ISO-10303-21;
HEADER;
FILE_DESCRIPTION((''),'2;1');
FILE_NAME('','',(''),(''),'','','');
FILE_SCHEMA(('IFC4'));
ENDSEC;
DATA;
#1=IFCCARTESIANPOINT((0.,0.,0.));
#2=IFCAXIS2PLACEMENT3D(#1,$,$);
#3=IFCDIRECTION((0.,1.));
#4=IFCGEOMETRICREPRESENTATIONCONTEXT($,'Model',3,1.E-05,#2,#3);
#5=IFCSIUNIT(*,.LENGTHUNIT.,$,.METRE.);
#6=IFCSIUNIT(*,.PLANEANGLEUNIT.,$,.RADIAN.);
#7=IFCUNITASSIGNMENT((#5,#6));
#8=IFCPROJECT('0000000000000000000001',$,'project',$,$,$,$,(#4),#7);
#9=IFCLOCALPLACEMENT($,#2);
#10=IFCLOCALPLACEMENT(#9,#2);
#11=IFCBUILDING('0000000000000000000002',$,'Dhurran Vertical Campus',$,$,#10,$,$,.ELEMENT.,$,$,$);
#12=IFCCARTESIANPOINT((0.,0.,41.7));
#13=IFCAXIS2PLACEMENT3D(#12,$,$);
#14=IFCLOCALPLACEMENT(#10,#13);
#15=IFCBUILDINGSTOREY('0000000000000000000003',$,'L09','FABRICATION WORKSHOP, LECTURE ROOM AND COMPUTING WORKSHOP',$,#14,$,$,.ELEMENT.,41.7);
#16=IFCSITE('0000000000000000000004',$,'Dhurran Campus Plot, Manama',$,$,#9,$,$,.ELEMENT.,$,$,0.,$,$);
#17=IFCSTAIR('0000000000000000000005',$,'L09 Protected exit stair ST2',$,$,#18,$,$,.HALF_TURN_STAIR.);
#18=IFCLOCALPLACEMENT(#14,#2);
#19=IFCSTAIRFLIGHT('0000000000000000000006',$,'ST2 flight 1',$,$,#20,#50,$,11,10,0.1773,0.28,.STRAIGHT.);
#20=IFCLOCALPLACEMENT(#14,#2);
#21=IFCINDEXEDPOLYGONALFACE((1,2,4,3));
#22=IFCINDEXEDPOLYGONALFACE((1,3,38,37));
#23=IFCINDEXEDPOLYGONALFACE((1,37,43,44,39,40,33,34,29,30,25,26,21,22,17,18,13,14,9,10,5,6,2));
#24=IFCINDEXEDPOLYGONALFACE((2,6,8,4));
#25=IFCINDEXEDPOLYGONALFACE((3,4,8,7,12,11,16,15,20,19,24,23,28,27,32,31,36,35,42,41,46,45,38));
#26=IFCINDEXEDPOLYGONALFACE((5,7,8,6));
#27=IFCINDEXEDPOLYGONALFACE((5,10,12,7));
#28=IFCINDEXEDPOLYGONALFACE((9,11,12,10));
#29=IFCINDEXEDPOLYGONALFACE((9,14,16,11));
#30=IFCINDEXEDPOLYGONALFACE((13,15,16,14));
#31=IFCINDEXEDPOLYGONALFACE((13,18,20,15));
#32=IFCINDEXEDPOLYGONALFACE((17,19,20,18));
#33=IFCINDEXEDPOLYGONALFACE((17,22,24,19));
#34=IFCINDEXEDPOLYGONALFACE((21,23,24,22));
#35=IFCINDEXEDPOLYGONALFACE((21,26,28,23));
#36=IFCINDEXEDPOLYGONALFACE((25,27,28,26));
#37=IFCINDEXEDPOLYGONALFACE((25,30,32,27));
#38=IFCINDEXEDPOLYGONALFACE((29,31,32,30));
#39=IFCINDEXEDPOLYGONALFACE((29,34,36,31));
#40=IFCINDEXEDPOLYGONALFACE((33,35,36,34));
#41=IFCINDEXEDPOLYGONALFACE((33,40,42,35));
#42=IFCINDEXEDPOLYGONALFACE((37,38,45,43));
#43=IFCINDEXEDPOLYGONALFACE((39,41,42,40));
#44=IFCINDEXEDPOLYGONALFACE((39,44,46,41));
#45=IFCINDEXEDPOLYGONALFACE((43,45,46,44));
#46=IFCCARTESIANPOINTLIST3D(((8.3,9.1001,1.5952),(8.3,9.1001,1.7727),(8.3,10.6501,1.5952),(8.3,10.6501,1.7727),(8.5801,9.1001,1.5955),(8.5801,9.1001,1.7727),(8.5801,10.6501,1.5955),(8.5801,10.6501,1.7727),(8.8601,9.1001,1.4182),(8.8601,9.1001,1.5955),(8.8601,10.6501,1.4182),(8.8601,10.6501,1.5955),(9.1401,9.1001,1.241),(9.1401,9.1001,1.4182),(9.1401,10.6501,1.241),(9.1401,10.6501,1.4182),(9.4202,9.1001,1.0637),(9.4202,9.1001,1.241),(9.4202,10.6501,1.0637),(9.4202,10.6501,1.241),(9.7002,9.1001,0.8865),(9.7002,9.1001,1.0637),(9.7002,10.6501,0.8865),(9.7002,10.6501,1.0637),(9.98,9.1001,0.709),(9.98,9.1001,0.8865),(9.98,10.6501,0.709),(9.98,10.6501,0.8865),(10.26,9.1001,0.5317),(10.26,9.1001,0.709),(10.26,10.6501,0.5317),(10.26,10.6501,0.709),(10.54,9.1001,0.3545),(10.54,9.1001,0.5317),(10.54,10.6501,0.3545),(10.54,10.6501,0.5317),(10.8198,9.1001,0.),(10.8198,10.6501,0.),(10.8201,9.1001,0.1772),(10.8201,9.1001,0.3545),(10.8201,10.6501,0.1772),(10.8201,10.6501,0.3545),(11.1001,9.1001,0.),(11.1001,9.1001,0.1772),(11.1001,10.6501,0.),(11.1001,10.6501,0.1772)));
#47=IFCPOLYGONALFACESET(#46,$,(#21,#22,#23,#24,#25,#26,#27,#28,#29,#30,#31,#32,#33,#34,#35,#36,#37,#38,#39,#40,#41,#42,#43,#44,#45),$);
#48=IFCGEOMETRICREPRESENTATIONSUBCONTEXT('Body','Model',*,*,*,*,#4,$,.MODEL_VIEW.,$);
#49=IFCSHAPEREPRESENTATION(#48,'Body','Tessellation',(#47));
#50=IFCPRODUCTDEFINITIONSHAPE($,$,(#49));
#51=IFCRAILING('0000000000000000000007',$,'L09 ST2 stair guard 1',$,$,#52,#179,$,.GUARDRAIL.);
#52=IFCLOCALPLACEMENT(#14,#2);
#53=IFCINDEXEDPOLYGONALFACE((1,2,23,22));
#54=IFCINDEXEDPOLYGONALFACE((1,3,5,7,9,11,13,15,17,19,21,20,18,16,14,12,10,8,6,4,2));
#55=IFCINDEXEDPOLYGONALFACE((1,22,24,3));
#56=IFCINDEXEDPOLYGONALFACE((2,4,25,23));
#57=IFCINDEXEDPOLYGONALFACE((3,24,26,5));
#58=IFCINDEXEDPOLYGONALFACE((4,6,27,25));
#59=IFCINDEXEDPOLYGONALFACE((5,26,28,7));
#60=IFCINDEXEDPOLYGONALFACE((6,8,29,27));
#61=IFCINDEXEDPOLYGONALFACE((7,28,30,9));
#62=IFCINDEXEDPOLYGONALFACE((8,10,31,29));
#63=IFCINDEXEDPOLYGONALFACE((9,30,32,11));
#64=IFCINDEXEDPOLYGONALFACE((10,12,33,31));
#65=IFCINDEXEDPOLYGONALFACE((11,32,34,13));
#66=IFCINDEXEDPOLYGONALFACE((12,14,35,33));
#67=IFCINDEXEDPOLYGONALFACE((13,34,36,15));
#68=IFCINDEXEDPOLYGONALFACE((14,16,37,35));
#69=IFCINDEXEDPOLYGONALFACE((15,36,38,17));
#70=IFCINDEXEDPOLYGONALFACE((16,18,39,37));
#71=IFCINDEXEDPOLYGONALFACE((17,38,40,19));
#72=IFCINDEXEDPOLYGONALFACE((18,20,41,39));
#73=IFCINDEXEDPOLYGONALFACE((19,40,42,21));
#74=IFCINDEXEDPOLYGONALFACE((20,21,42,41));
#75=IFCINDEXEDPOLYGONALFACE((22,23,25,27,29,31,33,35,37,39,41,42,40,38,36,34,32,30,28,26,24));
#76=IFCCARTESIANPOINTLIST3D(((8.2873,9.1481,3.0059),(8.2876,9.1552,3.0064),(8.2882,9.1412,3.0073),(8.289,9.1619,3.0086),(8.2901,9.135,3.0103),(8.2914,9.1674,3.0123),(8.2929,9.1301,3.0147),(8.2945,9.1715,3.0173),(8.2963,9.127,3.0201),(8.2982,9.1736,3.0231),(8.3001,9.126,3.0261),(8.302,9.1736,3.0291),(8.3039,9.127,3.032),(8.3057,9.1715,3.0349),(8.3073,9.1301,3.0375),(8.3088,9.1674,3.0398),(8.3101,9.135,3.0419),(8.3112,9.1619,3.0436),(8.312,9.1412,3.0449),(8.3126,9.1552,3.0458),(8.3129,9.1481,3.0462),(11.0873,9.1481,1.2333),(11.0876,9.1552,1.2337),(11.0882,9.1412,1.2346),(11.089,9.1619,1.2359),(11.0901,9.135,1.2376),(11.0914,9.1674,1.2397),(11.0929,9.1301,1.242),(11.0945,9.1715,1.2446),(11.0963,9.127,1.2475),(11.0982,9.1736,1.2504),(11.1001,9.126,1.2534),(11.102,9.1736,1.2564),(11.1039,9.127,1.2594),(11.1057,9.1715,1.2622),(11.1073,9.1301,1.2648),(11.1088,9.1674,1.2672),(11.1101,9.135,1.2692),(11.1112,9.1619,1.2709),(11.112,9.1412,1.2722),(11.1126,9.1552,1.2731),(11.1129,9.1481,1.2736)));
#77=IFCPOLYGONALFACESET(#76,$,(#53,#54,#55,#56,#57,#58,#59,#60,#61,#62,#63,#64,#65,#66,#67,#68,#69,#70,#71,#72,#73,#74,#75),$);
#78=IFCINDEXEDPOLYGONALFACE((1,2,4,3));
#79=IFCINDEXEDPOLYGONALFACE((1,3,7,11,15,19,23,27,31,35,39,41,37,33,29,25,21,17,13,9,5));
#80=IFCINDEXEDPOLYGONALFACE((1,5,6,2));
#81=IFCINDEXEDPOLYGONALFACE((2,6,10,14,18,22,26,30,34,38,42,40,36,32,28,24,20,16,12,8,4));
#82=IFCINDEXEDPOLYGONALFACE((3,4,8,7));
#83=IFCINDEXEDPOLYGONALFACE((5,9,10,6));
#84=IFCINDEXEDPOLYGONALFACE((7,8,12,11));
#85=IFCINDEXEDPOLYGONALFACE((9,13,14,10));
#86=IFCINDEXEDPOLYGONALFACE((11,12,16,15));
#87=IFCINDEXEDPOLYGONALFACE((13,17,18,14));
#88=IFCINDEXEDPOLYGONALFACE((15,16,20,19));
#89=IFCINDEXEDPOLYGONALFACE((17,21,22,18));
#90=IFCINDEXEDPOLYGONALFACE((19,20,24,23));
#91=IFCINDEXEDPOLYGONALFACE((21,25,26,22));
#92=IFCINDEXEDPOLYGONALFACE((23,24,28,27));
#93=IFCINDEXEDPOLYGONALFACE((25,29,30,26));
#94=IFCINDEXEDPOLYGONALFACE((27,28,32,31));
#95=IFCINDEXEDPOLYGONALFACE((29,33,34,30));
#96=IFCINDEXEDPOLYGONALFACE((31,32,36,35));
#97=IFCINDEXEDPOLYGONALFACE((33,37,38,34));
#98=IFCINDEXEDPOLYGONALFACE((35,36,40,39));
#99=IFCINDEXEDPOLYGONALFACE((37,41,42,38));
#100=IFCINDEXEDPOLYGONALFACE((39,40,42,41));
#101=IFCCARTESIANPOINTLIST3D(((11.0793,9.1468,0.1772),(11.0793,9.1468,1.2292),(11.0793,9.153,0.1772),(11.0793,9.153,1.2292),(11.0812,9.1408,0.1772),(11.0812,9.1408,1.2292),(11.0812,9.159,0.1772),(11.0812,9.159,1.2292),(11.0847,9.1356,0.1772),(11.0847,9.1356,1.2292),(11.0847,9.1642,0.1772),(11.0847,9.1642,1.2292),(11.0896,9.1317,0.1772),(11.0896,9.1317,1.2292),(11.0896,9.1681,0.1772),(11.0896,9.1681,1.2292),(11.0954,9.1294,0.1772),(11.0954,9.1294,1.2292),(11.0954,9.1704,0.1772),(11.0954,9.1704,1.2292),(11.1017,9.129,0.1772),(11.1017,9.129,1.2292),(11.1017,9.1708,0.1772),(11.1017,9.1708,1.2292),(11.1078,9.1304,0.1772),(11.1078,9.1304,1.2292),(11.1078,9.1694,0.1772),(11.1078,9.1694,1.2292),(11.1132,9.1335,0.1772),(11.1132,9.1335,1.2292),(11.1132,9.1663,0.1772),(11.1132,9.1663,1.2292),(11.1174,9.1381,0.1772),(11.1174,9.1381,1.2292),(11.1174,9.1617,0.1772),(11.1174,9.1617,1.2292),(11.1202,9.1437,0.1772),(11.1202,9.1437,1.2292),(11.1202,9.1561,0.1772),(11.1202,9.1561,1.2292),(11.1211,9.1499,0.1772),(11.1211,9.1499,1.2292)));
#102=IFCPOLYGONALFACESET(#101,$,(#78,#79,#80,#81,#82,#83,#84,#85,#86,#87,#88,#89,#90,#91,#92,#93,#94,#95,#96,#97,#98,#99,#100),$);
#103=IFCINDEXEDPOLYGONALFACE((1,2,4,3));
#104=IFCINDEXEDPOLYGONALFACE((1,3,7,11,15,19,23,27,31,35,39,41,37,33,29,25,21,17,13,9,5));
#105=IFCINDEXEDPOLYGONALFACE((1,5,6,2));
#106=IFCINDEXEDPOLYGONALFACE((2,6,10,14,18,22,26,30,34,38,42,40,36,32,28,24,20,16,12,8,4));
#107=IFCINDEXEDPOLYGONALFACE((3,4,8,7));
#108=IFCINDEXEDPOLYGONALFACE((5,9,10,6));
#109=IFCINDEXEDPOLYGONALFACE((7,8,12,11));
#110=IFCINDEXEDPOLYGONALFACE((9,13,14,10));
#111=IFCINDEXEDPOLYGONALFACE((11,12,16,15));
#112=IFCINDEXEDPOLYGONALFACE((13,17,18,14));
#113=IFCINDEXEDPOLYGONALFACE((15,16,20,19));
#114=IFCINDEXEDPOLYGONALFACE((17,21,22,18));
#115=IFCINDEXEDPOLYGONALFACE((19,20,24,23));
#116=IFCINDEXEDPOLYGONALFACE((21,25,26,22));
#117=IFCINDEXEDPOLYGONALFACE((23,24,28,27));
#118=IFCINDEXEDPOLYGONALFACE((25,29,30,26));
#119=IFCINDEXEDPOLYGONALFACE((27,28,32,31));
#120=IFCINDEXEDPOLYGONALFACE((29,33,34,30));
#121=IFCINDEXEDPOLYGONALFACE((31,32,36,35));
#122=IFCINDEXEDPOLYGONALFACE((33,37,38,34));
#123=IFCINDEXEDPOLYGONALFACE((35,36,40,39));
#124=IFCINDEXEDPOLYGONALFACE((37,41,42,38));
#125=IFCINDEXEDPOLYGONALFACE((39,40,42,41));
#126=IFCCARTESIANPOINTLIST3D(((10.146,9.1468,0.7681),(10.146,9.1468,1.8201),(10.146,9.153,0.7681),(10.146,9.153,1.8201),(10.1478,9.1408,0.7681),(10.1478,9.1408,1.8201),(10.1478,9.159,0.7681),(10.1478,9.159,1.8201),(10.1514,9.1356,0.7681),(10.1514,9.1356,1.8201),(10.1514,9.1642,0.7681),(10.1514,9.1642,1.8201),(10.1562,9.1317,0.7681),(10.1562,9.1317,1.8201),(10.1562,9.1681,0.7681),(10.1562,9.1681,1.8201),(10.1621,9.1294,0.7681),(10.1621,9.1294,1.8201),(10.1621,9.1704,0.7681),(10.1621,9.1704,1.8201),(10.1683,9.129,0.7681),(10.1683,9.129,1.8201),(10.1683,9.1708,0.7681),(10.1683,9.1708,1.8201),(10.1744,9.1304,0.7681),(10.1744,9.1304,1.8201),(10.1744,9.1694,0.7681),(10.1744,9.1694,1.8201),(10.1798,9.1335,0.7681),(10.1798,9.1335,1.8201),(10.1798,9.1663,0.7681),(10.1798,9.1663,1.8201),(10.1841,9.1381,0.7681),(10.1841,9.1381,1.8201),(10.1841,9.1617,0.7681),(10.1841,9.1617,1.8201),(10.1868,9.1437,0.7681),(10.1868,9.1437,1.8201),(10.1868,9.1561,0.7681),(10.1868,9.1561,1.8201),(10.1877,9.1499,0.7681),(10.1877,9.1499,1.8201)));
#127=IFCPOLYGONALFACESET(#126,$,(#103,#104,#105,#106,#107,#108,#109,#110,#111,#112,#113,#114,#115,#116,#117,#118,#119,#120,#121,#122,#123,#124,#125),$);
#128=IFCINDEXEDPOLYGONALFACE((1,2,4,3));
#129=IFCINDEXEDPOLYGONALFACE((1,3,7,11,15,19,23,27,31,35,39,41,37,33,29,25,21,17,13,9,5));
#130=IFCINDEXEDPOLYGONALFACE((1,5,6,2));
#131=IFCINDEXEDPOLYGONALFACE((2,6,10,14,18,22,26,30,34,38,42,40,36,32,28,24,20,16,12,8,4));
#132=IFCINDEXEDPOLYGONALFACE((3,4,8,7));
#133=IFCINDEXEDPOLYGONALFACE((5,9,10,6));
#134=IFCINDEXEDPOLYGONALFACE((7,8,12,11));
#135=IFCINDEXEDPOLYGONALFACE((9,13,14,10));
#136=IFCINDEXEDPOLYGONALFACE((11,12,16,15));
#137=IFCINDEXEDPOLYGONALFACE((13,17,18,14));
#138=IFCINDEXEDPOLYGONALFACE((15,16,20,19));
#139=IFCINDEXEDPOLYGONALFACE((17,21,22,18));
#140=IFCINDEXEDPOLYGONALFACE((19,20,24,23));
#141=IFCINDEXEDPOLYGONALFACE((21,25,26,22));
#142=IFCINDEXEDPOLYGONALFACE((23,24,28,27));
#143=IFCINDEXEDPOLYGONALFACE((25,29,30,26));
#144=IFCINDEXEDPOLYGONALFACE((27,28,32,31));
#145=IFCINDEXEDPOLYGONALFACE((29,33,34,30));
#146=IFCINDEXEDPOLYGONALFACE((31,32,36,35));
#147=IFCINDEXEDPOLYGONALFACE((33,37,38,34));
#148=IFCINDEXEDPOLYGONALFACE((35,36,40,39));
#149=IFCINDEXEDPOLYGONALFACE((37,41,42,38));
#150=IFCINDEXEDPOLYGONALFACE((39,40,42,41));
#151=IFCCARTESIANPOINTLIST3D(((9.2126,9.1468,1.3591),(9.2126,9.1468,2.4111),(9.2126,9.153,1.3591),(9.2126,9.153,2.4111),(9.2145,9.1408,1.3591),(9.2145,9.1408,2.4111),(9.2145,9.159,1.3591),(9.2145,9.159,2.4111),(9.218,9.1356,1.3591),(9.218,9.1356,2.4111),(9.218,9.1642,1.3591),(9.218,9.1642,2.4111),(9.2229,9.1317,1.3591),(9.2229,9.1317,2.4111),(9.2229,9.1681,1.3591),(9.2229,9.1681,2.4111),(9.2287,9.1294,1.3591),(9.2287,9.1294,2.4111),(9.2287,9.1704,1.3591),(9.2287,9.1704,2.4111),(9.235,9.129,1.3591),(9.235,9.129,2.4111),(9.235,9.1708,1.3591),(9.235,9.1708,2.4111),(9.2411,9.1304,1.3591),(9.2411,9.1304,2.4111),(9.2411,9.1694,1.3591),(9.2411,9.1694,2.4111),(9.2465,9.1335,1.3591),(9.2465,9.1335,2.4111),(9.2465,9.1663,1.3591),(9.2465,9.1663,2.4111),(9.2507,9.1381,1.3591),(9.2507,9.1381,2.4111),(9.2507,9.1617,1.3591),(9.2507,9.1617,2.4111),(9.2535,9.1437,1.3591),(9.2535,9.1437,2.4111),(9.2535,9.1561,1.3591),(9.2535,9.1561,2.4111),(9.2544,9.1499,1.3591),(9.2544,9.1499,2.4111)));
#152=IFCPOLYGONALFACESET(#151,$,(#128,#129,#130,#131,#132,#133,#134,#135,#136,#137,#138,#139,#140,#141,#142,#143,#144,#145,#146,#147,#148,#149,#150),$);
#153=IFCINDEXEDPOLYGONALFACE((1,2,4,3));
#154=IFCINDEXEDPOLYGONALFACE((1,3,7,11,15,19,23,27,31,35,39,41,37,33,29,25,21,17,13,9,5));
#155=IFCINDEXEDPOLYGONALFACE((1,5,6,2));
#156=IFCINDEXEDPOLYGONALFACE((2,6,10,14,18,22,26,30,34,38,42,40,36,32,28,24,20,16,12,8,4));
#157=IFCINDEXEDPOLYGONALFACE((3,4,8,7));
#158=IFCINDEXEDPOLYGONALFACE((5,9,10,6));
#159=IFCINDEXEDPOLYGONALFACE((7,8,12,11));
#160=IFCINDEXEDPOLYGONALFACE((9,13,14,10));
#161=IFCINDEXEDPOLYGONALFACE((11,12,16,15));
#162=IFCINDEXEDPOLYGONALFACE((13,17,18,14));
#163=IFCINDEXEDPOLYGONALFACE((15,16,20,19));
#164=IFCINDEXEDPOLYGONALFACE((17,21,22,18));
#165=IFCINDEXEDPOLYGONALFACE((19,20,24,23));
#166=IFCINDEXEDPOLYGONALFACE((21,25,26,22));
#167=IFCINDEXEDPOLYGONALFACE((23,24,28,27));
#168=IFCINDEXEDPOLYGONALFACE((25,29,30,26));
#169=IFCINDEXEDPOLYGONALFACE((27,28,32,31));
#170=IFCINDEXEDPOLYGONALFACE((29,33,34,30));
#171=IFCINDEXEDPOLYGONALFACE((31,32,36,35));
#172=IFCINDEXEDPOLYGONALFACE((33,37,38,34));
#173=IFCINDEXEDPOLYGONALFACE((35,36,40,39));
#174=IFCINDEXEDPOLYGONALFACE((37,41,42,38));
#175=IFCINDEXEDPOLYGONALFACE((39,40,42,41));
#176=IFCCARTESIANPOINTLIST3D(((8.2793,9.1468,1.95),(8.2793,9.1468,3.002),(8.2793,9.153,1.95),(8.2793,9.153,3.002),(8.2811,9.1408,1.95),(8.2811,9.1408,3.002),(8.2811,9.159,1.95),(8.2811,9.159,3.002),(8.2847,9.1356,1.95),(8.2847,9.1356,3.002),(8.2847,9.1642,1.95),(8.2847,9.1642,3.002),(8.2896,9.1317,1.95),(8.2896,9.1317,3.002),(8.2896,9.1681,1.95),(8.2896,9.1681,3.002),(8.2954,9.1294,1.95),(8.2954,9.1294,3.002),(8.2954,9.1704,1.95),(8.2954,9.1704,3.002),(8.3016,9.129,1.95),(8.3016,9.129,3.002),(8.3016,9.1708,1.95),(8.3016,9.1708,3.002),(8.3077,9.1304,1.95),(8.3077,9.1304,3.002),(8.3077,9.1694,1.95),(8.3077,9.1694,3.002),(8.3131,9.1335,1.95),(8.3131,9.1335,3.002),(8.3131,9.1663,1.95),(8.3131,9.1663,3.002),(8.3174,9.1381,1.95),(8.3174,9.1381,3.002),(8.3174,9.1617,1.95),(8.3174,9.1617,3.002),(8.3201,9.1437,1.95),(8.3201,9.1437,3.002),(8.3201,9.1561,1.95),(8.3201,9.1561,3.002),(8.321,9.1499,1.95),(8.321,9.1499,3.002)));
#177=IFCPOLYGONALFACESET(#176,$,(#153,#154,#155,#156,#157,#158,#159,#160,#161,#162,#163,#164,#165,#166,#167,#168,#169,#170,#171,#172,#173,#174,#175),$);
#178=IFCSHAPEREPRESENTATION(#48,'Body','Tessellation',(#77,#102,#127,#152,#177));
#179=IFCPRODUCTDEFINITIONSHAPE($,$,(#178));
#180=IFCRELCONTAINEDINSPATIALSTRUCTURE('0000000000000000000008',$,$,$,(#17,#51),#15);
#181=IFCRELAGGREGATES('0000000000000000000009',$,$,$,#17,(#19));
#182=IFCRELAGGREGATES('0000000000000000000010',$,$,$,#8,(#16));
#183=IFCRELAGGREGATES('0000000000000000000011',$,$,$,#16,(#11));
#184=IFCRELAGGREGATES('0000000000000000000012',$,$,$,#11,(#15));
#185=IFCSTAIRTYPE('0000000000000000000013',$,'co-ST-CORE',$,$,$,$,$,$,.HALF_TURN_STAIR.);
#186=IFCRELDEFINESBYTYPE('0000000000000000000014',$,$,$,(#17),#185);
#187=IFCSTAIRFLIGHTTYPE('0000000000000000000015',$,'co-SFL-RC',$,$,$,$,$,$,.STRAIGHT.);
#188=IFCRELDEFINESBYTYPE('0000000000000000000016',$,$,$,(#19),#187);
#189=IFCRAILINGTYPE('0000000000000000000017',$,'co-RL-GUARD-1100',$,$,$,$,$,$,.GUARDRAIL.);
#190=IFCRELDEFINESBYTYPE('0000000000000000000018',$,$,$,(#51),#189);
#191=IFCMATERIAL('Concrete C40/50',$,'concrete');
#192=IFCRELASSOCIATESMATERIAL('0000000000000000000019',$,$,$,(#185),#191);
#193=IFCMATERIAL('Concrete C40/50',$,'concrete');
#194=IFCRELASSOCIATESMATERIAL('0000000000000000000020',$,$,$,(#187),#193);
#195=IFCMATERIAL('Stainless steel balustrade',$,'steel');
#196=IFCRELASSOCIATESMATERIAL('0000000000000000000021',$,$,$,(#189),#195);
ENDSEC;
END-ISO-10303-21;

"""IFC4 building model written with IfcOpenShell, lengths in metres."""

from ifc_helpers import new_model, si_unit, direction, frame, origin, origin_2d, place, context, subcontext, project, spatial, polyline, circle, outline, extrude, material, type_object, element, aggregate, save


model = new_model("IFC4")

# Units and contexts
model_context = context("Model", 3, precision=1e-05, world=origin(), true_north=direction((0.0, 1.0)))
body_context = subcontext(model_context, "Body", "Model", "MODEL_VIEW")
ifc_project = project(units=[si_unit("LENGTHUNIT", "METRE"), si_unit("PLANEANGLEUNIT", "RADIAN")], contexts=[model_context])

# Site, building, storey
site_placement = place(None, origin())
site = spatial("IfcSite", under=ifc_project, at=site_placement, Name="Dhurran Campus Plot, Manama", CompositionType="ELEMENT", RefElevation=0.0)
building_placement = place(site_placement, origin())
building = spatial("IfcBuilding", under=site, at=building_placement, Name="Dhurran Vertical Campus", CompositionType="ELEMENT")
storey_placement = place(building_placement, frame((0.0, 0.0, 41.7)))
storey = spatial("IfcBuildingStorey", under=building, at=storey_placement, Name="L09", Description="FABRICATION WORKSHOP, LECTURE ROOM AND COMPUTING WORKSHOP", CompositionType="ELEMENT", Elevation=41.7)

# Stair, stair flight
ifc_material_1 = material(Name="Concrete C40/50", Category="concrete")
stair_type = type_object("IfcStairType", Name="co-ST-CORE", PredefinedType="HALF_TURN_STAIR", material=ifc_material_1)
stair_placement = place(storey_placement, origin())
stair = element("IfcStair", 1, at=stair_placement, inside=storey, type_object=stair_type, Name="L09 Protected exit stair ST2", PredefinedType="HALF_TURN_STAIR")
ifc_material_2 = material(Name="Concrete C40/50", Category="concrete")
stair_flight_type = type_object("IfcStairFlightType", Name="co-SFL-RC", PredefinedType="STRAIGHT", material=ifc_material_2)
stair_flight_placement = place(storey_placement, frame((11.1001, 9.875, 0.0), z_axis=(0.0, 0.0, 1.0), x_axis=(-1.0, 0.0, 0.0)))
stair_flight = element("IfcStairFlight", 2, at=stair_flight_placement, type_object=stair_flight_type, Name="ST2 flight 1", NumberOfRisers=11, NumberOfTreads=10, PredefinedType="STRAIGHT", RiserHeight=0.1773, TreadLength=0.28, context=body_context, shape_type="SweptSolid", body=[
    extrude(outline(polyline([(0.0, 0.0), (0.0, 0.1772), (0.28, 0.1772), (0.28, 0.3545), (0.5601, 0.3545), (0.5601, 0.5317), (0.8401, 0.5317), (0.8401, 0.709), (1.1201, 0.709), (1.1201, 0.8865), (1.3999, 0.8865), (1.3999, 1.0637), (1.6799, 1.0637), (1.6799, 1.241), (1.96, 1.241), (1.96, 1.4182), (2.24, 1.4182), (2.24, 1.5955), (2.52, 1.5955), (2.52, 1.7727), (2.8, 1.7727), (2.8, 1.95), (2.8, 1.5952), (0.2803, 0.0), (0.0, 0.0)])), frame((0.0, 0.7749, 0.0), z_axis=(0.0, -1.0, 0.0), x_axis=(1.0, 0.0, 0.0)), (0.0, 0.0, 1.0), 1.55),
])
aggregate(stair, [stair_flight])

# Railing
ifc_material_3 = material(Name="Stainless steel balustrade", Category="steel")
railing_type_1 = type_object("IfcRailingType", Name="co-RL-GUARD-1100", PredefinedType="GUARDRAIL", material=ifc_material_3)
railing_1_placement = place(storey_placement, frame((11.1001, 9.1499, 0.1772)))
element("IfcRailing", 3, at=railing_1_placement, inside=storey, type_object=railing_type_1, Name="L09 ST2 stair guard 1", PredefinedType="GUARDRAIL", context=body_context, shape_type="SweptSolid", body=[
    extrude(circle(Radius=0.0239, at=origin_2d()), frame((0.0, 0.0, 1.0762), z_axis=(-0.844909, 0.0, 0.53491), x_axis=(0.0, -1.0, 0.0)), (0.0, 0.0, 1.0), 3.314),
    extrude(circle(Radius=0.021, at=origin_2d()), origin(), (0.0, 0.0, 1.0), 1.052),
    extrude(circle(Radius=0.021, at=origin_2d()), frame((-0.9333, 0.0, 0.5908)), (0.0, 0.0, 1.0), 1.052),
    extrude(circle(Radius=0.021, at=origin_2d()), frame((-1.8667, 0.0, 1.1819)), (0.0, 0.0, 1.0), 1.052),
    extrude(circle(Radius=0.021, at=origin_2d()), frame((-2.8, 0.0, 1.7727)), (0.0, 0.0, 1.0), 1.052),
])

save(model, "model.ifc")
